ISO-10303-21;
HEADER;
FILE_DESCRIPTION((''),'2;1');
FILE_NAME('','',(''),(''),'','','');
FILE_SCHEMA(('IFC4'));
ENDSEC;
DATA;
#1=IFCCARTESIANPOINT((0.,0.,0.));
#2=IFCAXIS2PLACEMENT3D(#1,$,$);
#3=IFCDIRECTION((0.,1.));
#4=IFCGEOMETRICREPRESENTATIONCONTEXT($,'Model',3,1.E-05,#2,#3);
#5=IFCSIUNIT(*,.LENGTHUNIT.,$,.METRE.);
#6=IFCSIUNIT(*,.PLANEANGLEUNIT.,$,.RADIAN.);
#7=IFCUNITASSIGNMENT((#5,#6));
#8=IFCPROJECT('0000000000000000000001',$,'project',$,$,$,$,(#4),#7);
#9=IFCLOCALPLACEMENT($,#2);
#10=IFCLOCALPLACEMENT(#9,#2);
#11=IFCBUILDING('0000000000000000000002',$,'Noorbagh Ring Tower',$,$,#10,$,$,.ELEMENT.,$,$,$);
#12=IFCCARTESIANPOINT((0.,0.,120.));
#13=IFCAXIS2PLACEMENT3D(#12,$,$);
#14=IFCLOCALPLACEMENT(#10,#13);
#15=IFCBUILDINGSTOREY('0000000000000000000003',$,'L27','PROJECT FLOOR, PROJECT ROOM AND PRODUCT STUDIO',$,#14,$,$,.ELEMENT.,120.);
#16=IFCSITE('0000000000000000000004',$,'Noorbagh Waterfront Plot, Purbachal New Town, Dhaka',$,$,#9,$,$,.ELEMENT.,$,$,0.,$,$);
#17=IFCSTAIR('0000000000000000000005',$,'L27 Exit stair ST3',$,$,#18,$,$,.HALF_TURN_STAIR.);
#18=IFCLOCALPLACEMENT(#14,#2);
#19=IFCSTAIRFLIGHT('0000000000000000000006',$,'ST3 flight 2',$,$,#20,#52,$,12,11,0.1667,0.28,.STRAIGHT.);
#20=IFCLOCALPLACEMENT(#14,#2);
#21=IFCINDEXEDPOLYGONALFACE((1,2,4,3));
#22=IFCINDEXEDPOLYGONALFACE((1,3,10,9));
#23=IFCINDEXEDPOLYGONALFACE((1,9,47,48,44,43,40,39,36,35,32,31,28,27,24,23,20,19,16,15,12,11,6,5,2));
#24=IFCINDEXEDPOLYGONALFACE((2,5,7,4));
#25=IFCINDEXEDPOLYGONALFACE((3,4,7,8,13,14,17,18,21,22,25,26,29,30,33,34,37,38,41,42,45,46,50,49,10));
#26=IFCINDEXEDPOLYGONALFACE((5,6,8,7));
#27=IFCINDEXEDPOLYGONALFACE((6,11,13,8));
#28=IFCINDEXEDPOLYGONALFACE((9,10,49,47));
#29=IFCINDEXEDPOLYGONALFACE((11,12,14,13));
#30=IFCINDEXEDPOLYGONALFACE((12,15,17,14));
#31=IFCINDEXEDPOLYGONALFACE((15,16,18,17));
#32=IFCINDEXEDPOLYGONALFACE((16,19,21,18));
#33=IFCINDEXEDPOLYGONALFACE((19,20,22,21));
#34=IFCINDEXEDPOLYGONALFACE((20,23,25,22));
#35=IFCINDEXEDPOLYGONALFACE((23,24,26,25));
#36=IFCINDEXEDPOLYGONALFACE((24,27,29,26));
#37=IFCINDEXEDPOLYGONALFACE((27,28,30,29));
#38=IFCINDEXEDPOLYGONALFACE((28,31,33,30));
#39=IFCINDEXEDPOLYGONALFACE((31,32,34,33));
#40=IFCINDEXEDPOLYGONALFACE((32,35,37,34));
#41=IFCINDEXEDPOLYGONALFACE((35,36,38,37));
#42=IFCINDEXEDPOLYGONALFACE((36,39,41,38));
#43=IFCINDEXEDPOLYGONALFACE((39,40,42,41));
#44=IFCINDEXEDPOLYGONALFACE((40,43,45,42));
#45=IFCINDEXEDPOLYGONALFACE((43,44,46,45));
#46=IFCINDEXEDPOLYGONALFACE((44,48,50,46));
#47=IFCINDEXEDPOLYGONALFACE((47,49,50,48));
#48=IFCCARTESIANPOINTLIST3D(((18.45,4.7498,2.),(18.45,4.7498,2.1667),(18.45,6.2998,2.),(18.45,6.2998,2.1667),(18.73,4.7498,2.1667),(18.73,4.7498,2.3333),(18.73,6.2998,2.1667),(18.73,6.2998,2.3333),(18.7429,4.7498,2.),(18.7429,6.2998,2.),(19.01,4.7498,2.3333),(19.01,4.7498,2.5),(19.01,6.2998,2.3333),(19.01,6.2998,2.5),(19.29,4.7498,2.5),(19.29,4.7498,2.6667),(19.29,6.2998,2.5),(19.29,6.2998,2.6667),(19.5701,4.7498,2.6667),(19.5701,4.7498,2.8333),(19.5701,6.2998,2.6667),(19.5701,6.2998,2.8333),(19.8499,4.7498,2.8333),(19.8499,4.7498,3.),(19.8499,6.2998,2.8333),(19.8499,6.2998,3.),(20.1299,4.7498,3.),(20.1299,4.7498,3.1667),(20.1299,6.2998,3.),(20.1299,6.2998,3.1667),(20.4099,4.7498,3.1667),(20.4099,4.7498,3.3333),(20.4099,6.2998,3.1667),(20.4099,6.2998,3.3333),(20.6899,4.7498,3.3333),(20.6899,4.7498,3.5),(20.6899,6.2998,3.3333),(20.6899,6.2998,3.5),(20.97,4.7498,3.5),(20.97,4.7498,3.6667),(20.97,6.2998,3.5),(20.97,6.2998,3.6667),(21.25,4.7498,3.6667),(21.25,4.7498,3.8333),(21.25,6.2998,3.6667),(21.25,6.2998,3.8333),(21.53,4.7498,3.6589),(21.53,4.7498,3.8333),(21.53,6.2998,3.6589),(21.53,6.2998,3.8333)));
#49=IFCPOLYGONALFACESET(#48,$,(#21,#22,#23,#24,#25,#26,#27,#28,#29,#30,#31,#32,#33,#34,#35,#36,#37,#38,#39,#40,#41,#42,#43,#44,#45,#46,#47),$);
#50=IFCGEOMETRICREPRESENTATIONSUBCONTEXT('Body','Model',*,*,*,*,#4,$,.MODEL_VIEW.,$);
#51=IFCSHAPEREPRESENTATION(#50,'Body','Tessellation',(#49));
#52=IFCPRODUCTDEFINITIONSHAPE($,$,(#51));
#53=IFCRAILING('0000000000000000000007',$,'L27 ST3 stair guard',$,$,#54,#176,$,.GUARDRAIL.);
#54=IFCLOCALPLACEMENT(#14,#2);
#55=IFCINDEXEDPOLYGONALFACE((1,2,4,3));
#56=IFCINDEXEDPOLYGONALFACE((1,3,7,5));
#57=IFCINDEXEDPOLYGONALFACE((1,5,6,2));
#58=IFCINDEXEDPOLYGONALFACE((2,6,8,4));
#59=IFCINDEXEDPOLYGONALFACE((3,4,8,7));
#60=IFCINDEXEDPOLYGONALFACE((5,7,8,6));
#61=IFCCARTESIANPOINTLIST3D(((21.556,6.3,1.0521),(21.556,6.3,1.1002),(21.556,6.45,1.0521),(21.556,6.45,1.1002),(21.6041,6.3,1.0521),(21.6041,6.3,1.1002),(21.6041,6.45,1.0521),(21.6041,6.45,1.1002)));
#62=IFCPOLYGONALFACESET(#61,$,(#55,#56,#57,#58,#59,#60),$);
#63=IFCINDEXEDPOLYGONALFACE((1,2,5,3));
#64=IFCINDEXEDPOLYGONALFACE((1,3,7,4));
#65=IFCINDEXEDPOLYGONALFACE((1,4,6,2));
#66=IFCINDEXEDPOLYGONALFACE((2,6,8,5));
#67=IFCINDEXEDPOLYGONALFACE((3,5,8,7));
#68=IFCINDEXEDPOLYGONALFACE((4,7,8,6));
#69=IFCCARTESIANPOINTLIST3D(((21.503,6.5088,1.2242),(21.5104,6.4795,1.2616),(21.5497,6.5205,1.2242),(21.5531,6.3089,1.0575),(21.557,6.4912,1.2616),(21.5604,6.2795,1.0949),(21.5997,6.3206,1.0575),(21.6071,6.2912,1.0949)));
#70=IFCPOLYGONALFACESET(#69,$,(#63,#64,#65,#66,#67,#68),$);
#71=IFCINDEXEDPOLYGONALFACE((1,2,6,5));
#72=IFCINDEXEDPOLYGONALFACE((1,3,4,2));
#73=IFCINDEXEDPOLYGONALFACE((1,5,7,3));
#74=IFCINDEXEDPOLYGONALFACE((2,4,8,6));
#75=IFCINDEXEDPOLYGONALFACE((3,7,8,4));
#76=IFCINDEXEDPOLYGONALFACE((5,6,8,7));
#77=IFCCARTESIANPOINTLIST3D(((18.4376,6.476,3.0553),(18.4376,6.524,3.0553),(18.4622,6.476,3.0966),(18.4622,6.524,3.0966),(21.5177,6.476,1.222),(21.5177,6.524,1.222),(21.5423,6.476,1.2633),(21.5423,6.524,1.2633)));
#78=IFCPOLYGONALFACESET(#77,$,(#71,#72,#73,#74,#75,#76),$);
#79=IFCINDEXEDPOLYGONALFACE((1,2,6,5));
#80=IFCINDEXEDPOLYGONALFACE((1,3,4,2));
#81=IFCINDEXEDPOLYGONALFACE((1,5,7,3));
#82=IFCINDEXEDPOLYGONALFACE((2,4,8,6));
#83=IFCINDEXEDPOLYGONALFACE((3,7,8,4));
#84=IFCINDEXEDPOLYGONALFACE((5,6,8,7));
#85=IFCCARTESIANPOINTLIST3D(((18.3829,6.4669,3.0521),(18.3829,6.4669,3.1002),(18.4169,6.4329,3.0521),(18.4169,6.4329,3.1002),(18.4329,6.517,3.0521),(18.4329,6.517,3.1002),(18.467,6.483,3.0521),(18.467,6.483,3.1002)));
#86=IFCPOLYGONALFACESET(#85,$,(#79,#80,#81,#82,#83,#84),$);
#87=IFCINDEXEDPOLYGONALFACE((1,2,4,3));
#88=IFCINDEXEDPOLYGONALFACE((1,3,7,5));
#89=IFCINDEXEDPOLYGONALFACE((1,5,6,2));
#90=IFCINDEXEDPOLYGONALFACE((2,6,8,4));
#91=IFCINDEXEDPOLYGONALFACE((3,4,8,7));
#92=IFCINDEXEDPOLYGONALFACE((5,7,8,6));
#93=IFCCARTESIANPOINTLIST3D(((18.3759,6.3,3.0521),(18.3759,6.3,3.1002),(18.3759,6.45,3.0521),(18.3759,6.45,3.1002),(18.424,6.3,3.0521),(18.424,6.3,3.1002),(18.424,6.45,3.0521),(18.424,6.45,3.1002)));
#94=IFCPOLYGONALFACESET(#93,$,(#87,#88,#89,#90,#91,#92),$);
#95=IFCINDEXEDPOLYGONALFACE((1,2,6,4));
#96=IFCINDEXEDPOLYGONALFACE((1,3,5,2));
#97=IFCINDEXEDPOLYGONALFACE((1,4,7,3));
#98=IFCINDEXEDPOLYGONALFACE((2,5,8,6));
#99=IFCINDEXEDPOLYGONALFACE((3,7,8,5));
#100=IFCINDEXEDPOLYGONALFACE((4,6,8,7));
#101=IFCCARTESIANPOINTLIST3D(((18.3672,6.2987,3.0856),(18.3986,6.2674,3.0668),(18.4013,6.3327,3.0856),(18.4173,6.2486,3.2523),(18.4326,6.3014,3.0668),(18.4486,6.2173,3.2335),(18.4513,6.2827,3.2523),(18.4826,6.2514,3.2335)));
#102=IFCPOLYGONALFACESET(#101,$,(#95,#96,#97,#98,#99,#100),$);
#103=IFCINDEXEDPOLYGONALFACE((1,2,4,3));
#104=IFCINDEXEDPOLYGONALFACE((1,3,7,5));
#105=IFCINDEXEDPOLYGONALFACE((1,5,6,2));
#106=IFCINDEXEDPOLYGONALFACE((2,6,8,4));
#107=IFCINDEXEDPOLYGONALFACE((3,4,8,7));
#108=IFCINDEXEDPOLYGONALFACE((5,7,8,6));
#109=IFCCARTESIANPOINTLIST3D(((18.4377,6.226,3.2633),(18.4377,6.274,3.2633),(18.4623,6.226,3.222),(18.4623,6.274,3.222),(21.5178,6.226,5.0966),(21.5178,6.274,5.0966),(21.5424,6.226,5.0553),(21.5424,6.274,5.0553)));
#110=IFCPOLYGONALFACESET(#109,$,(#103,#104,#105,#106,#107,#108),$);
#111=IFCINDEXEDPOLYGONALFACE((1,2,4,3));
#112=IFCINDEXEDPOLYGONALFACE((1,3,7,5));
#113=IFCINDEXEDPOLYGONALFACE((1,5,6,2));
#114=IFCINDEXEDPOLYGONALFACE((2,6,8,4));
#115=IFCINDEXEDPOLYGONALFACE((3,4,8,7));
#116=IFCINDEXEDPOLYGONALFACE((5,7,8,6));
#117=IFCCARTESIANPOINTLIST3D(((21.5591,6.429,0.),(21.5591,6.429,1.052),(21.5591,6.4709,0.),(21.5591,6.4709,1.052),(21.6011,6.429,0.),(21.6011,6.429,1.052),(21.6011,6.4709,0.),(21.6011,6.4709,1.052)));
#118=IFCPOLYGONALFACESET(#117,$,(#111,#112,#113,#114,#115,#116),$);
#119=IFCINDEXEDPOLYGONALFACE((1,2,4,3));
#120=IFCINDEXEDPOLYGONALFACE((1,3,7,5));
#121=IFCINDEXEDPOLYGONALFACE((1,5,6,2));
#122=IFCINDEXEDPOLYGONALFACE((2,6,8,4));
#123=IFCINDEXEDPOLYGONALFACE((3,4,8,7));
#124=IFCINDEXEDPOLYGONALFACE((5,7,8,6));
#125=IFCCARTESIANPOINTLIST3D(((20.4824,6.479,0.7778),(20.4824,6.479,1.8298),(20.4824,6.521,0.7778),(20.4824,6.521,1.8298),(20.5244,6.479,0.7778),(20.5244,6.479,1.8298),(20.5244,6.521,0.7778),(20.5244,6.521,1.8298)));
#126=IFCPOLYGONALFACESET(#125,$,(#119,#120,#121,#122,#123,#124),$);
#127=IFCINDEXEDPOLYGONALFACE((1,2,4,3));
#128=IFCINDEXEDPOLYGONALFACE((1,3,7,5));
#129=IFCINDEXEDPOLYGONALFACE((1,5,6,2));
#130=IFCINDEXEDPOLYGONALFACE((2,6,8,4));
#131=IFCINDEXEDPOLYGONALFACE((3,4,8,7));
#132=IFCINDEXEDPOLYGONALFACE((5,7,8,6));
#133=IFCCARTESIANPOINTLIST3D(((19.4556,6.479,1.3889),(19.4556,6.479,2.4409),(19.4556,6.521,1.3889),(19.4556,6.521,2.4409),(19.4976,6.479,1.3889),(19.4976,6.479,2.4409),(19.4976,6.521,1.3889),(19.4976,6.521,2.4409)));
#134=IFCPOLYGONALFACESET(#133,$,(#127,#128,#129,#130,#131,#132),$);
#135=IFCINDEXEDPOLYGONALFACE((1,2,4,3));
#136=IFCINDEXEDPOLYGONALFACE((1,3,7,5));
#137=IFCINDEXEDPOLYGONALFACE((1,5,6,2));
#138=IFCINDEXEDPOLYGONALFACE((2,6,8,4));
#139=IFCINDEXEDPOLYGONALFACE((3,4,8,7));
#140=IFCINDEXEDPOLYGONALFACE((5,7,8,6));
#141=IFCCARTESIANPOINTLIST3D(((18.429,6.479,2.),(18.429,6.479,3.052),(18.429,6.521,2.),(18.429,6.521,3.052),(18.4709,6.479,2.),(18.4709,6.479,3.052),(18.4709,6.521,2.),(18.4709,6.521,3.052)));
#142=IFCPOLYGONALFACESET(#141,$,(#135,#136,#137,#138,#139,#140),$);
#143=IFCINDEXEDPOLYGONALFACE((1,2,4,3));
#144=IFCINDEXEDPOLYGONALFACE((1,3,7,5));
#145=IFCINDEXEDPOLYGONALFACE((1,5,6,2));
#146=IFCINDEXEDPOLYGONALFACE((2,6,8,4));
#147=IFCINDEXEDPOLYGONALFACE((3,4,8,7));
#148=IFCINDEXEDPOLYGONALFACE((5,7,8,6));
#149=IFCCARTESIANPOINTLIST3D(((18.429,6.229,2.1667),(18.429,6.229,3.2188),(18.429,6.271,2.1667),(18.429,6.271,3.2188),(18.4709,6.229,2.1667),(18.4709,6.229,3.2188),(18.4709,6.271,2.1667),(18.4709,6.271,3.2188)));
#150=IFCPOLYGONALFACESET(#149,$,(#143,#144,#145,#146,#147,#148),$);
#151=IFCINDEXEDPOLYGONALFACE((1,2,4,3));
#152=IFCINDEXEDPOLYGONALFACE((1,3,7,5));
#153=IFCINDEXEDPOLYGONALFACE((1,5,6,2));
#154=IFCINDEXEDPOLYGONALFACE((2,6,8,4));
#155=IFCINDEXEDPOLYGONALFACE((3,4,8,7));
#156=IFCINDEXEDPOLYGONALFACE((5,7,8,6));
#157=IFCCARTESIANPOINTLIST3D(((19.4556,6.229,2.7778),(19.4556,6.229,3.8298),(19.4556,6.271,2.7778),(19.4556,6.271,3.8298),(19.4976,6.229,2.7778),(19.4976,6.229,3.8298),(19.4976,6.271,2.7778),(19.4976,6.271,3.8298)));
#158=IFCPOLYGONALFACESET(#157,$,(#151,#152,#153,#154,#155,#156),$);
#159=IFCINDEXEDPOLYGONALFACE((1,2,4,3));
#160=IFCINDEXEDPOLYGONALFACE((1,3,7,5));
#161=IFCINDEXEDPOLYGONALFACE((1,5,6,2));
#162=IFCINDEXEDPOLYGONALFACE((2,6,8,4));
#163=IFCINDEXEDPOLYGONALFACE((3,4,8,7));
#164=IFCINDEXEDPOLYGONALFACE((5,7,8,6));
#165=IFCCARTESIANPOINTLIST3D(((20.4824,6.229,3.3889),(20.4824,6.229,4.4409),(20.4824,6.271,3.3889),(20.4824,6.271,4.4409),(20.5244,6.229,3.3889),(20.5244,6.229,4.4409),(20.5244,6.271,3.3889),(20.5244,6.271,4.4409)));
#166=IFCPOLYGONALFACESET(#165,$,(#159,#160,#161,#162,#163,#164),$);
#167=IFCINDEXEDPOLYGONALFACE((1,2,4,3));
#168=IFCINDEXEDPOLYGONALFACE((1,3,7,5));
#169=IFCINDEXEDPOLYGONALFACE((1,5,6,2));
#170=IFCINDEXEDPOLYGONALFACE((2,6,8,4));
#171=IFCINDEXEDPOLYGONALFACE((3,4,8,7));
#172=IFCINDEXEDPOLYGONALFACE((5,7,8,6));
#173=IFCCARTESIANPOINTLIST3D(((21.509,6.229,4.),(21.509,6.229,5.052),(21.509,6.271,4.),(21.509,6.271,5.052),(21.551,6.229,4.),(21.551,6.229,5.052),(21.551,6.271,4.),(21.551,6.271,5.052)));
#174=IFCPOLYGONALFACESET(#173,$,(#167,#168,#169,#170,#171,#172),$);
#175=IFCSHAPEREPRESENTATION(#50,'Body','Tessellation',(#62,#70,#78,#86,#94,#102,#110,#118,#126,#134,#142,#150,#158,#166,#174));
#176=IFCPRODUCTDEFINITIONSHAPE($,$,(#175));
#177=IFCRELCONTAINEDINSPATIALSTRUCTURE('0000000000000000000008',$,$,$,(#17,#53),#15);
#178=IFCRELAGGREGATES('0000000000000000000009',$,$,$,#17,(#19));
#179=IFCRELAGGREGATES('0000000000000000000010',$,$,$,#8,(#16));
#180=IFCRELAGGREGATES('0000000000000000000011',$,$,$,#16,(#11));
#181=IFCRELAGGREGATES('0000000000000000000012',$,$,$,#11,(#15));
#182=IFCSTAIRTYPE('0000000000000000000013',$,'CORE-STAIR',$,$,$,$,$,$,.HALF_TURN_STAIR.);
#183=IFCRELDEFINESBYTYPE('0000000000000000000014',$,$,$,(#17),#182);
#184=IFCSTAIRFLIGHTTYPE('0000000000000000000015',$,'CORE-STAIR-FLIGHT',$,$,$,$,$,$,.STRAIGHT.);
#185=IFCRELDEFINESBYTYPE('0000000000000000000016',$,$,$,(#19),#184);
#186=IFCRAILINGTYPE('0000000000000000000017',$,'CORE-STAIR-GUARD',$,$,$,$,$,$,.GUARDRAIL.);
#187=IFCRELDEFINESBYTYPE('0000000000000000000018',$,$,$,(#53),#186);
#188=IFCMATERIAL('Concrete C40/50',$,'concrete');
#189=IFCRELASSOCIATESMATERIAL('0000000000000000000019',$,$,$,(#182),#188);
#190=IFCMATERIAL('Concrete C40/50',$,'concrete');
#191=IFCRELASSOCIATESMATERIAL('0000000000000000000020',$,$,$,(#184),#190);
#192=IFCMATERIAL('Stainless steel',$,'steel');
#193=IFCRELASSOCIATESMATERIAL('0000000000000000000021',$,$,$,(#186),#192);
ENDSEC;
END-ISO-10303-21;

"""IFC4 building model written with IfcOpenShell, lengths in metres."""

from ifc_helpers import new_model, si_unit, direction, frame, origin, origin_2d, place, context, subcontext, project, spatial, polyline, rectangle, outline, extrude, material, type_object, element, aggregate, save


model = new_model("IFC4")

# Units and contexts
model_context = context("Model", 3, precision=1e-05, world=origin(), true_north=direction((0.0, 1.0)))
body_context = subcontext(model_context, "Body", "Model", "MODEL_VIEW")
ifc_project = project(units=[si_unit("LENGTHUNIT", "METRE"), si_unit("PLANEANGLEUNIT", "RADIAN")], contexts=[model_context])

# Site, building, storey
site_placement = place(None, origin())
site = spatial("IfcSite", under=ifc_project, at=site_placement, Name="Noorbagh Waterfront Plot, Purbachal New Town, Dhaka", CompositionType="ELEMENT", RefElevation=0.0)
building_placement = place(site_placement, origin())
building = spatial("IfcBuilding", under=site, at=building_placement, Name="Noorbagh Ring Tower", CompositionType="ELEMENT")
storey_placement = place(building_placement, frame((0.0, 0.0, 120.0)))
storey = spatial("IfcBuildingStorey", under=building, at=storey_placement, Name="L27", Description="PROJECT FLOOR, PROJECT ROOM AND PRODUCT STUDIO", CompositionType="ELEMENT", Elevation=120.0)

# Stair, stair flight
ifc_material_1 = material(Name="Concrete C40/50", Category="concrete")
stair_type = type_object("IfcStairType", Name="CORE-STAIR", PredefinedType="HALF_TURN_STAIR", material=ifc_material_1)
stair_placement = place(storey_placement, origin())
stair = element("IfcStair", 1, at=stair_placement, inside=storey, type_object=stair_type, Name="L27 Exit stair ST3", PredefinedType="HALF_TURN_STAIR")
ifc_material_2 = material(Name="Concrete C40/50", Category="concrete")
stair_flight_type = type_object("IfcStairFlightType", Name="CORE-STAIR-FLIGHT", PredefinedType="STRAIGHT", material=ifc_material_2)
stair_flight_1_placement = place(storey_placement, frame((18.45, 5.5249, 2.0), z_axis=(0.0, 0.0, 1.0), x_axis=(1.0, 0.0, 0.0)))
stair_flight_1 = element("IfcStairFlight", 2, at=stair_flight_1_placement, type_object=stair_flight_type, Name="ST3 flight 2", NumberOfRisers=12, NumberOfTreads=11, PredefinedType="STRAIGHT", RiserHeight=0.1667, TreadLength=0.28, context=body_context, shape_type="SweptSolid", body=[
    extrude(outline(polyline([(0.0, 0.0), (0.0, 0.1667), (0.28, 0.1667), (0.28, 0.3333), (0.5601, 0.3333), (0.5601, 0.5), (0.8401, 0.5), (0.8401, 0.6667), (1.1201, 0.6667), (1.1201, 0.8333), (1.3999, 0.8333), (1.3999, 1.0), (1.6799, 1.0), (1.6799, 1.1667), (1.96, 1.1667), (1.96, 1.3333), (2.24, 1.3333), (2.24, 1.5), (2.52, 1.5), (2.52, 1.6667), (2.8, 1.6667), (2.8, 1.8333), (3.0801, 1.8333), (3.0801, 2.0), (3.0801, 1.6589), (0.293, 0.0), (0.0, 0.0)])), frame((0.0, 0.7749, 0.0), z_axis=(0.0, -1.0, 0.0), x_axis=(1.0, 0.0, 0.0)), (0.0, 0.0, 1.0), 1.55),
])
aggregate(stair, [stair_flight_1])

# Railing
ifc_material_3 = material(Name="Stainless steel", Category="steel")
railing_type_1 = type_object("IfcRailingType", Name="CORE-STAIR-GUARD", PredefinedType="GUARDRAIL", material=ifc_material_3)
railing_1_placement = place(storey_placement, frame((21.5801, 6.45, 0.0)))
element("IfcRailing", 3, at=railing_1_placement, inside=storey, type_object=railing_type_1, Name="L27 ST3 stair guard", PredefinedType="GUARDRAIL", context=body_context, shape_type="SweptSolid", body=[
    extrude(rectangle(XDim=0.0481, YDim=0.0481, at=origin_2d()), frame((0.0, 0.0, 1.0762), z_axis=(0.0, -1.0, 0.0), x_axis=(1.0, 0.0, 0.0)), (0.0, 0.0, 1.0), 0.1499),
    extrude(rectangle(XDim=0.0481, YDim=0.0481, at=origin_2d()), frame((0.0, -0.1499, 1.0762), z_axis=(-0.188776, 0.754182, 0.628946), x_axis=(-0.970073, -0.242814, 0.0)), (0.0, 0.0, 1.0), 0.2651),
    extrude(rectangle(XDim=0.0481, YDim=0.0481, at=origin_2d()), frame((-0.05, 0.05, 1.2427), z_axis=(-0.859309, 0.0, 0.511458), x_axis=(0.0, -1.0, 0.0)), (0.0, 0.0, 1.0), 3.5845),
    extrude(rectangle(XDim=0.0481, YDim=0.0481, at=origin_2d()), frame((-3.1301, 0.05, 3.0762), z_axis=(-0.707107, -0.707107, 0.0), x_axis=(0.707107, -0.707107, 0.0)), (0.0, 0.0, 1.0), 0.0708),
    extrude(rectangle(XDim=0.0481, YDim=0.0481, at=origin_2d()), frame((-3.1802, 0.0, 3.0762), z_axis=(0.0, -1.0, 0.0), x_axis=(1.0, 0.0, 0.0)), (0.0, 0.0, 1.0), 0.1499),
    extrude(rectangle(XDim=0.0481, YDim=0.0481, at=origin_2d()), frame((-3.1802, -0.1499, 3.0762), z_axis=(0.276287, -0.276287, 0.920506), x_axis=(0.707107, 0.707107, 0.0)), (0.0, 0.0, 1.0), 0.1812),
    extrude(rectangle(XDim=0.0481, YDim=0.0481, at=origin_2d()), frame((-3.1301, -0.2, 3.2427), z_axis=(0.859309, 0.0, 0.511458), x_axis=(0.0, 1.0, 0.0)), (0.0, 0.0, 1.0), 3.5845),
    extrude(rectangle(XDim=0.042, YDim=0.042, at=origin_2d()), origin(), (0.0, 0.0, 1.0), 1.052),
    extrude(rectangle(XDim=0.042, YDim=0.042, at=origin_2d()), frame((-1.0767, 0.05, 0.7778)), (0.0, 0.0, 1.0), 1.052),
    extrude(rectangle(XDim=0.042, YDim=0.042, at=origin_2d()), frame((-2.1035, 0.05, 1.3889)), (0.0, 0.0, 1.0), 1.052),
    extrude(rectangle(XDim=0.042, YDim=0.042, at=origin_2d()), frame((-3.1301, 0.05, 2.0)), (0.0, 0.0, 1.0), 1.052),
    extrude(rectangle(XDim=0.042, YDim=0.042, at=origin_2d()), frame((-3.1301, -0.2, 2.1667)), (0.0, 0.0, 1.0), 1.052),
    extrude(rectangle(XDim=0.042, YDim=0.042, at=origin_2d()), frame((-2.1035, -0.2, 2.7778)), (0.0, 0.0, 1.0), 1.052),
    extrude(rectangle(XDim=0.042, YDim=0.042, at=origin_2d()), frame((-1.0767, -0.2, 3.3889)), (0.0, 0.0, 1.0), 1.052),
    extrude(rectangle(XDim=0.042, YDim=0.042, at=origin_2d()), frame((-0.05, -0.2, 4.0)), (0.0, 0.0, 1.0), 1.052),
])

save(model, "model.ifc")
